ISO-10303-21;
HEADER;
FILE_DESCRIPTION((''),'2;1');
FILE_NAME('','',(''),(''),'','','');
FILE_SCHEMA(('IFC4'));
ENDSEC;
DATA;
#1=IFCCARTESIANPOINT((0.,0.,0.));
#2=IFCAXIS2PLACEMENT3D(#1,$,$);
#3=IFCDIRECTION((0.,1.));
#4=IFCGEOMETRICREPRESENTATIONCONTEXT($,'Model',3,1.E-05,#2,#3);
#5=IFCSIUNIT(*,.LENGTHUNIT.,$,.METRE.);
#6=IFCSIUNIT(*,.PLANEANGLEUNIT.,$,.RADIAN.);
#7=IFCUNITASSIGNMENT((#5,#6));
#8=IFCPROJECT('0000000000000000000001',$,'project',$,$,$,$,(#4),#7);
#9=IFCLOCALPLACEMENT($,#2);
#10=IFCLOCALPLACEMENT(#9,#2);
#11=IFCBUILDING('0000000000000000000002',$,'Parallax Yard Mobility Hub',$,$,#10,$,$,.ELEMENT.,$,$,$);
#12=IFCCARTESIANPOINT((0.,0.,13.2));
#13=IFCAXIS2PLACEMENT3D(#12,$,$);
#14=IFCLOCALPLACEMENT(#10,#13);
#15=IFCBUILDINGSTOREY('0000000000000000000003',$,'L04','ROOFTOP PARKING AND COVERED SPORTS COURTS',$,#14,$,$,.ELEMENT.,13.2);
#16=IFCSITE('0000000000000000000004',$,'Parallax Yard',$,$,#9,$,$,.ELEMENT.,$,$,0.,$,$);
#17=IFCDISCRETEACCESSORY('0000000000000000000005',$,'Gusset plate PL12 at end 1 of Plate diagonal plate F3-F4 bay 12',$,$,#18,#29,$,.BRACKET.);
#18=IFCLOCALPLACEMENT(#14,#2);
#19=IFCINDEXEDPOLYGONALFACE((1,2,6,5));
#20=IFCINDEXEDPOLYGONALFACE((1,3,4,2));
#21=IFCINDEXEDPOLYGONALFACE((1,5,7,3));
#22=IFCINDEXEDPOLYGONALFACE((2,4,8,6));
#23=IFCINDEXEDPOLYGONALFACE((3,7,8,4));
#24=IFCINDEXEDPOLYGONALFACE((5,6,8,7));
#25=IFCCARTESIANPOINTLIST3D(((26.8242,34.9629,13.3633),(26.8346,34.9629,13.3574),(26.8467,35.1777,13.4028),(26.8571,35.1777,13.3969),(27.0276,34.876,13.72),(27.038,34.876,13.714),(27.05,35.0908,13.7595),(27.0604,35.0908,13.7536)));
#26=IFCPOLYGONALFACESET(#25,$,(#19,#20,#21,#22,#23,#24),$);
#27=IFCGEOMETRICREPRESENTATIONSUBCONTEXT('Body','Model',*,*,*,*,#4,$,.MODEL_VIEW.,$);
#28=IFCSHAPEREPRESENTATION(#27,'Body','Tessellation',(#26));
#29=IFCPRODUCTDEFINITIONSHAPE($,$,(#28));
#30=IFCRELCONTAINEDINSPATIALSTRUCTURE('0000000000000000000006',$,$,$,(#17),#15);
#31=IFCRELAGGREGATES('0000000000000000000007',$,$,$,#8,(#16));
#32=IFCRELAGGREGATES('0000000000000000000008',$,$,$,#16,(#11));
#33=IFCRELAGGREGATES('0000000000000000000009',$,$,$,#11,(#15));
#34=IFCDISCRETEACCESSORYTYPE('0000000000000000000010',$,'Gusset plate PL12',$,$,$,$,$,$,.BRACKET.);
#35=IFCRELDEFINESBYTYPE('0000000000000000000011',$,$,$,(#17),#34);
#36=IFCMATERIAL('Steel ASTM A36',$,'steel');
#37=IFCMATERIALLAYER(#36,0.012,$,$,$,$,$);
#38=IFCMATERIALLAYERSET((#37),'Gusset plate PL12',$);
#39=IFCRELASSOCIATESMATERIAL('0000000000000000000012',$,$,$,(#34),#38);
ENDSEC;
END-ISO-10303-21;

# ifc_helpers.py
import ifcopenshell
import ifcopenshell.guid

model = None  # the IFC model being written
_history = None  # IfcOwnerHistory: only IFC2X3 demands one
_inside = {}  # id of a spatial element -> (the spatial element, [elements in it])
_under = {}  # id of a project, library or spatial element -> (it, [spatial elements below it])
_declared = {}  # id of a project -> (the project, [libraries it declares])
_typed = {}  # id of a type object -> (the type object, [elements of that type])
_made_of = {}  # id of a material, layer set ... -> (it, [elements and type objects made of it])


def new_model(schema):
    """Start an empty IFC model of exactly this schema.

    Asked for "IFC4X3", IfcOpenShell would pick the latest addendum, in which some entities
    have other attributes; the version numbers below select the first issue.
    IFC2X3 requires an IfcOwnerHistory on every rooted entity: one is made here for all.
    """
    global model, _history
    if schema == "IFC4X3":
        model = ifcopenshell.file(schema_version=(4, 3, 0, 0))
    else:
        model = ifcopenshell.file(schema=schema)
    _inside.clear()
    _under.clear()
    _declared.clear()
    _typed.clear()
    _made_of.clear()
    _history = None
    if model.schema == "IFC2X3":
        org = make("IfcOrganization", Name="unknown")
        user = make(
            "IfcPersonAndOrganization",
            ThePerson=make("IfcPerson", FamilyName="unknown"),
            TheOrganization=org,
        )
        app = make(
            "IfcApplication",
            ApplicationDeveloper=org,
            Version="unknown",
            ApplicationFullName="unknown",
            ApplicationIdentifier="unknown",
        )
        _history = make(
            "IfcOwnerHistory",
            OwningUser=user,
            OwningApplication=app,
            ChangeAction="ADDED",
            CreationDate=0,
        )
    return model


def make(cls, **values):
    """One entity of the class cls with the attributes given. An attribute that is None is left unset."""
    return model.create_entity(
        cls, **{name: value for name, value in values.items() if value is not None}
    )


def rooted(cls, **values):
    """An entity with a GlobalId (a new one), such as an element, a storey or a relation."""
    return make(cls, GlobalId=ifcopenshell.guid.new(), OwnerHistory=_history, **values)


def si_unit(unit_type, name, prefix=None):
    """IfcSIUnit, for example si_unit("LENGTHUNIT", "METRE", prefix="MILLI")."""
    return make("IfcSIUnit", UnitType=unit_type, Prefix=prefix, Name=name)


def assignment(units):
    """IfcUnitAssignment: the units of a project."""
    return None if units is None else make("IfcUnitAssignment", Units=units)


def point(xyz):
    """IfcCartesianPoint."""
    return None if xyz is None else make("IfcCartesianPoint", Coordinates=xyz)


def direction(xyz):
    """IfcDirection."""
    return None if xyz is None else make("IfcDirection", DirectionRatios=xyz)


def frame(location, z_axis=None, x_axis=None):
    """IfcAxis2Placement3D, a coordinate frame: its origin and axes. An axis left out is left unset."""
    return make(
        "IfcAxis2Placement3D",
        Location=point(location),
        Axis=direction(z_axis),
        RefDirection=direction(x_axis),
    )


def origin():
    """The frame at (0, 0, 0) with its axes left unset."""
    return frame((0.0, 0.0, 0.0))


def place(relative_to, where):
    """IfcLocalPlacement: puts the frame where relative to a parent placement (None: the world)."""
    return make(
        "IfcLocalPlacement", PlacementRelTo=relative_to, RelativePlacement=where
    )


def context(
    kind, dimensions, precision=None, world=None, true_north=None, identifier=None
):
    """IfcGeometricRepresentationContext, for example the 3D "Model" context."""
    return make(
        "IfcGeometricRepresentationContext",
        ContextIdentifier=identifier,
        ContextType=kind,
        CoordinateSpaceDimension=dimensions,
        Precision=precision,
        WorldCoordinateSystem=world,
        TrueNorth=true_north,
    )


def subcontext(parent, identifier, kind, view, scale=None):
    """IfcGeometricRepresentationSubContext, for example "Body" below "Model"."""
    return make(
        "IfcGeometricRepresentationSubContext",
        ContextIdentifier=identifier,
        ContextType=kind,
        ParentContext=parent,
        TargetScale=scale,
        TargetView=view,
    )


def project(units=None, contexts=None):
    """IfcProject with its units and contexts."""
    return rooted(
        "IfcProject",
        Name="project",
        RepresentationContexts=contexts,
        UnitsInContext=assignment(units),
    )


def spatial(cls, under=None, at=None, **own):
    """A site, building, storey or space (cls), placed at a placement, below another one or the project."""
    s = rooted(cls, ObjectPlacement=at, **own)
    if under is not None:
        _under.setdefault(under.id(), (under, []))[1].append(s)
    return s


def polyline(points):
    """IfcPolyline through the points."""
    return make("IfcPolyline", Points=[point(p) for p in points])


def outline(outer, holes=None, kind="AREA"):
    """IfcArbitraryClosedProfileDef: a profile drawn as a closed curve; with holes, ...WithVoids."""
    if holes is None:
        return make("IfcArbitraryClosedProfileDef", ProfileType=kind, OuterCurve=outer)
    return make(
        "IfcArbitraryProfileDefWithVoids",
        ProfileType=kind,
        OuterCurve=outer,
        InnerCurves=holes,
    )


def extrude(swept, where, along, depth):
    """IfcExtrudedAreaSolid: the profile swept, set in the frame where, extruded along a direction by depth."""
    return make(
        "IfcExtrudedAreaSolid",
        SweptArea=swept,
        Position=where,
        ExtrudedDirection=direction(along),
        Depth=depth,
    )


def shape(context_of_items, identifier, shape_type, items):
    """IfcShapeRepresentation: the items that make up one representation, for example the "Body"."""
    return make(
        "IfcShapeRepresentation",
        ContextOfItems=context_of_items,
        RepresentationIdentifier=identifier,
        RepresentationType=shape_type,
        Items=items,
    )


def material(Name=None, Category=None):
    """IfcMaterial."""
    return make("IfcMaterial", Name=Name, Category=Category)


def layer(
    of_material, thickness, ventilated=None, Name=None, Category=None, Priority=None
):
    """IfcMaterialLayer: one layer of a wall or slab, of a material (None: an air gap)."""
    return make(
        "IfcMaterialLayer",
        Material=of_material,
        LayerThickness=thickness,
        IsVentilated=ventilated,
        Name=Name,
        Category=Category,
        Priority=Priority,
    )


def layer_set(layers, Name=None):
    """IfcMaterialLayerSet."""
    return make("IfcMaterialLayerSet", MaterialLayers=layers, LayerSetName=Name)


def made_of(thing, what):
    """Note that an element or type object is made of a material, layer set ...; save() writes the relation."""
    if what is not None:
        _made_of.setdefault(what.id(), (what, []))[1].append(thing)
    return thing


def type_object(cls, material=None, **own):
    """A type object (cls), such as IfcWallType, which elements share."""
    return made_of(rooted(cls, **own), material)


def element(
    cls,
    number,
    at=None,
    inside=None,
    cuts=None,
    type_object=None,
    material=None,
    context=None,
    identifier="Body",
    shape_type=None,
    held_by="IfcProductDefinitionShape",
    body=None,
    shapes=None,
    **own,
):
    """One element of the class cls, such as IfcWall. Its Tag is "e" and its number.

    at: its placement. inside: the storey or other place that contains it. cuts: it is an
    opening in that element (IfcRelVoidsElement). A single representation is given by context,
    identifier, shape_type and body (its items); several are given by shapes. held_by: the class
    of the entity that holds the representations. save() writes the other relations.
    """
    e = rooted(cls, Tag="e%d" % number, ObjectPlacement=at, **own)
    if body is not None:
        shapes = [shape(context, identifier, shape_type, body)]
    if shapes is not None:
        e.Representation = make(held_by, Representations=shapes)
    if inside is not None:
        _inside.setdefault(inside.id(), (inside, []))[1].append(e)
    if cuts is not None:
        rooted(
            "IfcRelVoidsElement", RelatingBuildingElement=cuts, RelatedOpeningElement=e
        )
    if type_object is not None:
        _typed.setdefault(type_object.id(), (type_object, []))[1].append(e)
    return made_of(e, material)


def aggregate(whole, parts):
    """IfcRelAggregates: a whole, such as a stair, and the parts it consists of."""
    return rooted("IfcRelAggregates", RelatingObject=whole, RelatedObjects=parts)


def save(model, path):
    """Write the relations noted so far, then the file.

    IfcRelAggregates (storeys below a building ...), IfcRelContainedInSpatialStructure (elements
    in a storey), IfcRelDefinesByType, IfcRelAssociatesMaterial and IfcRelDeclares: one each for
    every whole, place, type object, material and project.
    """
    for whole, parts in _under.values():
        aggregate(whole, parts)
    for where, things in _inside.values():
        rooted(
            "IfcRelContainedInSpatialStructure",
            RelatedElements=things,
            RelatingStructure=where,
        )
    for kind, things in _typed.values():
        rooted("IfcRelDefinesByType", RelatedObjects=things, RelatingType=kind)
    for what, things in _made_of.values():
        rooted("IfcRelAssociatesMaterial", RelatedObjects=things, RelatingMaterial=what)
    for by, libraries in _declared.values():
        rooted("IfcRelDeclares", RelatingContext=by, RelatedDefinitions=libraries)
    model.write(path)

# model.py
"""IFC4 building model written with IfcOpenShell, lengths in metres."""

from ifc_helpers import new_model, si_unit, direction, frame, origin, place, context, subcontext, project, spatial, polyline, outline, extrude, material, layer, layer_set, type_object, element, save


model = new_model("IFC4")

# Units and contexts
model_context = context("Model", 3, precision=1e-05, world=origin(), true_north=direction((0.0, 1.0)))
body_context = subcontext(model_context, "Body", "Model", "MODEL_VIEW")
ifc_project = project(units=[si_unit("LENGTHUNIT", "METRE"), si_unit("PLANEANGLEUNIT", "RADIAN")], contexts=[model_context])

# Site, building, storey
site_placement = place(None, origin())
site = spatial("IfcSite", under=ifc_project, at=site_placement, Name="Parallax Yard", CompositionType="ELEMENT", RefElevation=0.0)
building_placement = place(site_placement, origin())
building = spatial("IfcBuilding", under=site, at=building_placement, Name="Parallax Yard Mobility Hub", CompositionType="ELEMENT")
storey_placement = place(building_placement, frame((0.0, 0.0, 13.2)))
storey = spatial("IfcBuildingStorey", under=building, at=storey_placement, Name="L04", Description="ROOFTOP PARKING AND COVERED SPORTS COURTS", CompositionType="ELEMENT", Elevation=13.2)

# Discrete accessory
ifc_material_1 = material(Name="Steel ASTM A36", Category="steel")
ifc_layer = layer(ifc_material_1, 0.012)
ifc_layer_set = layer_set([ifc_layer], Name="Gusset plate PL12")
discrete_accessory_type = type_object("IfcDiscreteAccessoryType", Name="Gusset plate PL12", PredefinedType="BRACKET", material=ifc_layer_set)
discrete_accessory_1_placement = place(storey_placement, frame((26.8242, 34.9629, 13.3633), z_axis=(-0.868755, -0.000345, 0.495243), x_axis=(0.484569, -0.207091, 0.849886)))
element("IfcDiscreteAccessory", 1, at=discrete_accessory_1_placement, inside=storey, type_object=discrete_accessory_type, Name="Gusset plate PL12 at end 1 of Plate diagonal plate F3-F4 bay 12", PredefinedType="BRACKET", context=body_context, shape_type="SweptSolid", body=[
    extrude(outline(polyline([(0.0, 0.0), (0.4197, 0.0), (0.4197, 0.2196), (0.0, 0.2196), (0.0, 0.0)])), origin(), (0.0, 0.0, -1.0), 0.012),
])

save(model, "model.ifc")
